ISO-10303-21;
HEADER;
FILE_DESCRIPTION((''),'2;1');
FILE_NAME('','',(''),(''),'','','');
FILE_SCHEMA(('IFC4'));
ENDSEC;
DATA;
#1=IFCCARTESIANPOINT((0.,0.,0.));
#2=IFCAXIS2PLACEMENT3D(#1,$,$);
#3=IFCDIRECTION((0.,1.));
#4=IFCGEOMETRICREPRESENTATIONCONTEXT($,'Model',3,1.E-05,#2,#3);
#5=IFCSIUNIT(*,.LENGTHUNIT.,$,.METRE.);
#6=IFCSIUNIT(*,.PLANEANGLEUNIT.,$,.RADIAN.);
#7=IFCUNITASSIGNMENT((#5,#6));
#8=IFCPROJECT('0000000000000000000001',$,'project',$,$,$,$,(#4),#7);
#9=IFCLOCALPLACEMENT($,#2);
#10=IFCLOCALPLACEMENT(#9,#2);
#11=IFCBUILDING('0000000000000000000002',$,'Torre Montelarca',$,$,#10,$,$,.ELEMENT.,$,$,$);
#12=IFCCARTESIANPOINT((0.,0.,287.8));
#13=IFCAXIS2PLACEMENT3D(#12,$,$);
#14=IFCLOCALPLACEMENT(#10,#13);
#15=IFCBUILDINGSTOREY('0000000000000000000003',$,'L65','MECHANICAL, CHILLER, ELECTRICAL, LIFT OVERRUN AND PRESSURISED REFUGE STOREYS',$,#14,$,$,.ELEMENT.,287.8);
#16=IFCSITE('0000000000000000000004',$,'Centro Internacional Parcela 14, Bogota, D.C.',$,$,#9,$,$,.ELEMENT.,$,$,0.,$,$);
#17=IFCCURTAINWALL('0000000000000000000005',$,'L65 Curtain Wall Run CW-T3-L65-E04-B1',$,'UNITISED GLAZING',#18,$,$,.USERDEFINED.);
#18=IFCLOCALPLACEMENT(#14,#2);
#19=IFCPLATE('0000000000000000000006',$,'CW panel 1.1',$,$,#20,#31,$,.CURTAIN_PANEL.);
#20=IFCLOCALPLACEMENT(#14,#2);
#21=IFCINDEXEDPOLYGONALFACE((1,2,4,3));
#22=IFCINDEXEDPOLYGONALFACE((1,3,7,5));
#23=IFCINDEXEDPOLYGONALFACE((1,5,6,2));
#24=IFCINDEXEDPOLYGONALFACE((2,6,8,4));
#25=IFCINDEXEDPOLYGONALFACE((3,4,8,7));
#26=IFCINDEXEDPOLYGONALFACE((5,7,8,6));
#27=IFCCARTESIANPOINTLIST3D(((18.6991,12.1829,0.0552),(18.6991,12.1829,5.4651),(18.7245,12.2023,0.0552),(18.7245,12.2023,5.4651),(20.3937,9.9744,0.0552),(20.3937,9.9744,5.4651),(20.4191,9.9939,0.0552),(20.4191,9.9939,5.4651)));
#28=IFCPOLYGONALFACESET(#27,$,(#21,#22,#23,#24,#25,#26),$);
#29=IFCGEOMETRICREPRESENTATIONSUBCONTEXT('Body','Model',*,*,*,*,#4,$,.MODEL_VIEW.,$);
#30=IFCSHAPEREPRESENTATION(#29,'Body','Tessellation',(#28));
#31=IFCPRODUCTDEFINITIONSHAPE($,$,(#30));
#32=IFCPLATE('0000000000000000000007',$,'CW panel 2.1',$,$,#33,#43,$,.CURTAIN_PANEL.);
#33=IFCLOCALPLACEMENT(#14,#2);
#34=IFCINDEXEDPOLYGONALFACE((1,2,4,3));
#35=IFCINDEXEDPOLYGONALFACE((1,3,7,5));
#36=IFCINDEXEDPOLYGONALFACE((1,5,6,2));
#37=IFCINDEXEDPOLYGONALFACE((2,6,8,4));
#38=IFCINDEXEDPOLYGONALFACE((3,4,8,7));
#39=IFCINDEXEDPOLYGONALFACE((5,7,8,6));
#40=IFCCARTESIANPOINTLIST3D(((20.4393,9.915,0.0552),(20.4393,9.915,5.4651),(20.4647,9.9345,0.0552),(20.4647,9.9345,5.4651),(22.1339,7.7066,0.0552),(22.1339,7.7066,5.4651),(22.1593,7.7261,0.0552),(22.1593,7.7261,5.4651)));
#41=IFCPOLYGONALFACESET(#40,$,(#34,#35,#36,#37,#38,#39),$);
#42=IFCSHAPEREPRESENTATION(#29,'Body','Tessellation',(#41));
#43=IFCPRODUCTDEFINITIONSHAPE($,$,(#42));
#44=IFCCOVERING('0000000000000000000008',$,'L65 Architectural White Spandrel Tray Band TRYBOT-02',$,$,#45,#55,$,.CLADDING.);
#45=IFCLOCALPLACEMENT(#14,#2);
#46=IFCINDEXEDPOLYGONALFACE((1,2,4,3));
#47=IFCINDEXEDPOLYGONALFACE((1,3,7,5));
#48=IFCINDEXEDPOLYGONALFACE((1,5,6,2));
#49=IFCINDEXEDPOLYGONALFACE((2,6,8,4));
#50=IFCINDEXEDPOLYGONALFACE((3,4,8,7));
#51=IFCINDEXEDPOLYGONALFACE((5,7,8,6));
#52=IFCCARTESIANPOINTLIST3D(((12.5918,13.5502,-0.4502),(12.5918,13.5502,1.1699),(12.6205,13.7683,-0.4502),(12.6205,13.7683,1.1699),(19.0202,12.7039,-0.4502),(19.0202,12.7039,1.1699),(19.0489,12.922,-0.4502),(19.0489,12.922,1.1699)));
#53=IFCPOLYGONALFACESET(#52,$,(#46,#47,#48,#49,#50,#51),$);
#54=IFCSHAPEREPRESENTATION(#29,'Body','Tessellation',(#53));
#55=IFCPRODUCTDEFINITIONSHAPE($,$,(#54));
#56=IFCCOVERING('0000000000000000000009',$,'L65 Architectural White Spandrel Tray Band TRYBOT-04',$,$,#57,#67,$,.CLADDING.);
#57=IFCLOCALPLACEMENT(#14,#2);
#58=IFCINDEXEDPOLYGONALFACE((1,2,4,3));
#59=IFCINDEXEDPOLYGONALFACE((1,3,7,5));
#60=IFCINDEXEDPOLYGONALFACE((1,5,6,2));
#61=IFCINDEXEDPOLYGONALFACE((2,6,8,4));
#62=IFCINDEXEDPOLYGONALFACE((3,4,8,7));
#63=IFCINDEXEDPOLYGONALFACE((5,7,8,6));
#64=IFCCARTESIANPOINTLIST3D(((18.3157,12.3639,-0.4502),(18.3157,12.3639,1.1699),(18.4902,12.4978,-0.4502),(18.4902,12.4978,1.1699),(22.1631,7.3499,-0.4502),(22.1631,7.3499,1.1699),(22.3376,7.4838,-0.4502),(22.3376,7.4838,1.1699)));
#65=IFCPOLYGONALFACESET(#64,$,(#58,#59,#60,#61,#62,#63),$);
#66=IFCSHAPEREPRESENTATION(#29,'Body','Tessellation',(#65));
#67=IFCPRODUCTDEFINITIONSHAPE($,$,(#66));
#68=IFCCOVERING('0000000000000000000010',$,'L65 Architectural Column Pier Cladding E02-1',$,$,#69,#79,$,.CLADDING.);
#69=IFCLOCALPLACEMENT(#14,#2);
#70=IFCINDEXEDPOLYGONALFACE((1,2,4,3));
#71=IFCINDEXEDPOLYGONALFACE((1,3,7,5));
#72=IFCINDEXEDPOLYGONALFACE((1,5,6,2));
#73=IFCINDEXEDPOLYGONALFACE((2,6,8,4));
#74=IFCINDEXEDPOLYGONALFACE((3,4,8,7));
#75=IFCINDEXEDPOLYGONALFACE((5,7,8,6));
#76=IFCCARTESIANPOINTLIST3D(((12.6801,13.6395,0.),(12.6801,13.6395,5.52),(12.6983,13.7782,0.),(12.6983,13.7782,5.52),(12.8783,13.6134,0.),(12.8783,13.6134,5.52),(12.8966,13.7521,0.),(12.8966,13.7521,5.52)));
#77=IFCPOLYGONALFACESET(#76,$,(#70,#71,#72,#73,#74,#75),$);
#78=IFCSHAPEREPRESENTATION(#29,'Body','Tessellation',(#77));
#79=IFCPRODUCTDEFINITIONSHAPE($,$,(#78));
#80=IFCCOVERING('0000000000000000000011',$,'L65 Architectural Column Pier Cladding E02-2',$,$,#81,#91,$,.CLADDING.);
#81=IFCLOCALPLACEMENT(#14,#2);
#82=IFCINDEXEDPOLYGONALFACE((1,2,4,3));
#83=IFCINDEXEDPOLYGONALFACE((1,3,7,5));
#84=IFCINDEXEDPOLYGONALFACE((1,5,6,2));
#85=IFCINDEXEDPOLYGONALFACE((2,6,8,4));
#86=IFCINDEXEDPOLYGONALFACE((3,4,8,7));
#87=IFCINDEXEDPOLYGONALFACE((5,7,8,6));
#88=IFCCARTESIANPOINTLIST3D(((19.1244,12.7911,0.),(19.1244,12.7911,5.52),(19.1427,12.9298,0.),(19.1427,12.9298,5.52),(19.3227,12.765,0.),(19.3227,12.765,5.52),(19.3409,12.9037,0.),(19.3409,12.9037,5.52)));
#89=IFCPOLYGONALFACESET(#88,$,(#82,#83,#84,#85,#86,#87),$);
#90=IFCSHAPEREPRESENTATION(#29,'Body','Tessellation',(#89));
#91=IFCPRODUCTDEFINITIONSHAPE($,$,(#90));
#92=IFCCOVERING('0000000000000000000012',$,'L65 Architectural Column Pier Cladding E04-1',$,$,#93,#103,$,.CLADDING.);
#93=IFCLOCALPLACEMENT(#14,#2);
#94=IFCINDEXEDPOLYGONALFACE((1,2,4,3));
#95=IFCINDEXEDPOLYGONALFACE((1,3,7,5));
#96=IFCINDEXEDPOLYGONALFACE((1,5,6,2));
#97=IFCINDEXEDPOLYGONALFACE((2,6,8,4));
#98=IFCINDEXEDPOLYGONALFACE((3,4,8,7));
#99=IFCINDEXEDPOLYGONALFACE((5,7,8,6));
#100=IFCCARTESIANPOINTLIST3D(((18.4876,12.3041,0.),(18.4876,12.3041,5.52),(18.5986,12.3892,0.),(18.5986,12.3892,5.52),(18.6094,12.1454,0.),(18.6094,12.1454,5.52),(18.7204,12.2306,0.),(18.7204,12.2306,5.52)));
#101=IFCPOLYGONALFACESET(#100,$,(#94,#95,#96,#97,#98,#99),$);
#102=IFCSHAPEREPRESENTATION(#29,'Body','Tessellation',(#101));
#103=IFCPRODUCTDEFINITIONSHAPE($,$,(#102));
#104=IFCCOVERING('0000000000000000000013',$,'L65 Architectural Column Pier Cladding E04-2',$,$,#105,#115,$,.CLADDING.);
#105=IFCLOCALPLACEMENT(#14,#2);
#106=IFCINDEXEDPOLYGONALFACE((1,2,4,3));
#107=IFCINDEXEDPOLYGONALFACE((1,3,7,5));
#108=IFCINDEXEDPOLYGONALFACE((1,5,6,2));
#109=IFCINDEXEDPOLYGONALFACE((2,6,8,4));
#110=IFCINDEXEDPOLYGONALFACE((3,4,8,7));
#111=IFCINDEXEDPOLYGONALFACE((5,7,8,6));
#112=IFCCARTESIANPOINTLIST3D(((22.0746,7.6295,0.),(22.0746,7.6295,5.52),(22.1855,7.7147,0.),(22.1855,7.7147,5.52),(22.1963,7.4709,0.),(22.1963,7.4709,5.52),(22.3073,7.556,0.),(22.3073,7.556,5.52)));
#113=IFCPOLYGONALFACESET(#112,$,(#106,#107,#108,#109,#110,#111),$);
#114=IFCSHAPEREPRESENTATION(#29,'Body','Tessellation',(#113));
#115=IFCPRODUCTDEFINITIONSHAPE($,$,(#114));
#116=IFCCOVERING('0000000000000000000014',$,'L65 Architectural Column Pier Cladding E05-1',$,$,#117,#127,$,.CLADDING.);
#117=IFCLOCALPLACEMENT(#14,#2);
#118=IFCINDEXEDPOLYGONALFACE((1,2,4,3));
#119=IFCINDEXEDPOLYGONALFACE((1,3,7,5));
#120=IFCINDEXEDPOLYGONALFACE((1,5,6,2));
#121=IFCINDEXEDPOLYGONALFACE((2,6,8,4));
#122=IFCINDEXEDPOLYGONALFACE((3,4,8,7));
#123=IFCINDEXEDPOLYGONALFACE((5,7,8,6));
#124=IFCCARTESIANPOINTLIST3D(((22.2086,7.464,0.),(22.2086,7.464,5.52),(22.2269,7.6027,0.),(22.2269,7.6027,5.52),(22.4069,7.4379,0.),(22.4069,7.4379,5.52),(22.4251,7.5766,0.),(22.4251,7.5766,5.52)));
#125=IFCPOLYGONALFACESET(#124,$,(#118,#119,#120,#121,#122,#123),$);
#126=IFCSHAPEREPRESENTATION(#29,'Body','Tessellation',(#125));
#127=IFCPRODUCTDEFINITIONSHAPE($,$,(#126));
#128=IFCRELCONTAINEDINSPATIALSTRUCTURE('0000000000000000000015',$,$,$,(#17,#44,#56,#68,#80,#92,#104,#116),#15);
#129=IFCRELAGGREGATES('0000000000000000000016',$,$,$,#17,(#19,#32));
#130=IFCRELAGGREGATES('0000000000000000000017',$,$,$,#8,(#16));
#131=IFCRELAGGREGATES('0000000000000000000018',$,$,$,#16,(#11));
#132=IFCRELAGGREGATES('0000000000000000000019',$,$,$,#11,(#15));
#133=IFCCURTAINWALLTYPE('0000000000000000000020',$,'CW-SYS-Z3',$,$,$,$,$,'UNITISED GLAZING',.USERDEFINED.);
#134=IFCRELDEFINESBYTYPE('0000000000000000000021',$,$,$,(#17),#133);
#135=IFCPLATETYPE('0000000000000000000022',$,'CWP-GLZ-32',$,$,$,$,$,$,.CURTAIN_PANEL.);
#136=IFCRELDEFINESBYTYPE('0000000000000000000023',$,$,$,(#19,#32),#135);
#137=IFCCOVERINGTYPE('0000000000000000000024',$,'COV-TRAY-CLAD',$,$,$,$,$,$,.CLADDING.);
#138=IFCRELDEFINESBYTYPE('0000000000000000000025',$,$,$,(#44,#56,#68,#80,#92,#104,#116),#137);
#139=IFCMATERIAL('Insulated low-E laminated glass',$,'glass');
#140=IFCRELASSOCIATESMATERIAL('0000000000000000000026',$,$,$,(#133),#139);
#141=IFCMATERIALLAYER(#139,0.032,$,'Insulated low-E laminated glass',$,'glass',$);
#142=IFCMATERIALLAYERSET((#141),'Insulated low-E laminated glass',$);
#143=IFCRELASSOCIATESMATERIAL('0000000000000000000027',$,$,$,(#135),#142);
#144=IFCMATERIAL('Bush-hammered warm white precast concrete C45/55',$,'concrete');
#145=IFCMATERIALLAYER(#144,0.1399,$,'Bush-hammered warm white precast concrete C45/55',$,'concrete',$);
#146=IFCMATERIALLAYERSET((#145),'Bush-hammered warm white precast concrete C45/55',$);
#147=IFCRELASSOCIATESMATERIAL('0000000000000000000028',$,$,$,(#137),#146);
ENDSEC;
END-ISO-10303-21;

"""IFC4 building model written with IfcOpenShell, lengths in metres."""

from ifc_helpers import new_model, si_unit, direction, frame, origin, origin_2d, place, context, subcontext, project, spatial, rectangle, extrude, source, transform, mapped, material, layer, layer_set, type_object, element, aggregate, save


model = new_model("IFC4")

# Units and contexts
model_context = context("Model", 3, precision=1e-05, world=origin(), true_north=direction((0.0, 1.0)))
body_context = subcontext(model_context, "Body", "Model", "MODEL_VIEW")
ifc_project = project(units=[si_unit("LENGTHUNIT", "METRE"), si_unit("PLANEANGLEUNIT", "RADIAN")], contexts=[model_context])

# Site, building, storey
site_placement = place(None, origin())
site = spatial("IfcSite", under=ifc_project, at=site_placement, Name="Centro Internacional Parcela 14, Bogota, D.C.", CompositionType="ELEMENT", RefElevation=0.0)
building_placement = place(site_placement, origin())
building = spatial("IfcBuilding", under=site, at=building_placement, Name="Torre Montelarca", CompositionType="ELEMENT")
storey_placement = place(building_placement, frame((0.0, 0.0, 287.8)))
storey = spatial("IfcBuildingStorey", under=building, at=storey_placement, Name="L65", Description="MECHANICAL, CHILLER, ELECTRICAL, LIFT OVERRUN AND PRESSURISED REFUGE STOREYS", CompositionType="ELEMENT", Elevation=287.8)

# Curtain wall
ifc_material_1 = material(Name="Insulated low-E laminated glass", Category="glass")
curtain_wall_type = type_object("IfcCurtainWallType", Name="CW-SYS-Z3", ElementType="UNITISED GLAZING", PredefinedType="USERDEFINED", material=ifc_material_1)
curtain_wall_1_placement = place(storey_placement, origin())
curtain_wall_1 = element("IfcCurtainWall", 1, at=curtain_wall_1_placement, inside=storey, type_object=curtain_wall_type, Name="L65 Curtain Wall Run CW-T3-L65-E04-B1", ObjectType="UNITISED GLAZING", PredefinedType="USERDEFINED")

# Plates
ifc_layer_1 = layer(ifc_material_1, 0.032, Name="Insulated low-E laminated glass", Category="glass")
ifc_layer_set_1 = layer_set([ifc_layer_1], Name="Insulated low-E laminated glass")
plate_type = type_object("IfcPlateType", Name="CWP-GLZ-32", PredefinedType="CURTAIN_PANEL", material=ifc_layer_set_1)
shared_shape_1 = source(origin(), body_context, "Body", "SweptSolid", [
    extrude(rectangle(XDim=2.7837, YDim=0.032, at=origin_2d()), origin(), (0.0, 0.0, 1.0), 5.4099),
])
plate_1_placement = place(storey_placement, frame((19.5591, 11.0884, 0.0552), z_axis=(0.0, 0.0, 1.0), x_axis=(0.608762, -0.793353, 0.0)))
plate_1 = element("IfcPlate", 2, at=plate_1_placement, type_object=plate_type, Name="CW panel 1.1", PredefinedType="CURTAIN_PANEL", context=body_context, shape_type="MappedRepresentation", body=[
    mapped(shared_shape_1, transform((0.0, 0.0, 0.0), scale=1.0)),
])
plate_2_placement = place(storey_placement, frame((21.2993, 8.8206, 0.0552), z_axis=(0.0, 0.0, 1.0), x_axis=(0.608762, -0.793353, 0.0)))
plate_2 = element("IfcPlate", 3, at=plate_2_placement, type_object=plate_type, Name="CW panel 2.1", PredefinedType="CURTAIN_PANEL", context=body_context, shape_type="MappedRepresentation", body=[
    mapped(shared_shape_1, transform((0.0, 0.0, 0.0), scale=1.0)),
])
aggregate(curtain_wall_1, [plate_1, plate_2])

# Coverings
ifc_material_2 = material(Name="Bush-hammered warm white precast concrete C45/55", Category="concrete")
ifc_layer_2 = layer(ifc_material_2, 0.1399, Name="Bush-hammered warm white precast concrete C45/55", Category="concrete")
ifc_layer_set_2 = layer_set([ifc_layer_2], Name="Bush-hammered warm white precast concrete C45/55")
covering_type = type_object("IfcCoveringType", Name="COV-TRAY-CLAD", PredefinedType="CLADDING", material=ifc_layer_set_2)
shared_shape_2 = source(origin(), body_context, "Body", "SweptSolid", [
    extrude(rectangle(XDim=6.4839, YDim=0.22, at=origin_2d()), origin(), (0.0, 0.0, 1.0), 1.6201),
])
covering_1_placement = place(storey_placement, frame((15.8203, 13.2361, -0.4502), z_axis=(0.0, 0.0, 1.0), x_axis=(0.991444, -0.130531, 0.0)))
element("IfcCovering", 4, at=covering_1_placement, inside=storey, type_object=covering_type, Name="L65 Architectural White Spandrel Tray Band TRYBOT-02", PredefinedType="CLADDING", context=body_context, shape_type="MappedRepresentation", body=[
    mapped(shared_shape_2, transform((0.0, 0.0, 0.0), scale=1.0)),
])
shared_shape_3 = source(origin(), body_context, "Body", "SweptSolid", [
    extrude(rectangle(XDim=6.3201, YDim=0.22, at=origin_2d()), origin(), (0.0, 0.0, 1.0), 1.6201),
])
covering_2_placement = place(storey_placement, frame((20.3267, 9.9238, -0.4502), z_axis=(0.0, 0.0, 1.0), x_axis=(0.608768, -0.793348, 0.0)))
element("IfcCovering", 5, at=covering_2_placement, inside=storey, type_object=covering_type, Name="L65 Architectural White Spandrel Tray Band TRYBOT-04", PredefinedType="CLADDING", context=body_context, shape_type="MappedRepresentation", body=[
    mapped(shared_shape_3, transform((0.0, 0.0, 0.0), scale=1.0)),
])
shared_shape_4 = source(origin(), body_context, "Body", "SweptSolid", [
    extrude(rectangle(XDim=0.2, YDim=0.1399, at=origin_2d()), origin(), (0.0, 0.0, 1.0), 5.52),
])
for number, where, z_axis, x_axis, name in (
    (6, (12.7883, 13.6958, 0.0), (0.0, 0.0, 1.0), (0.991444, -0.130531, 0.0), "L65 Architectural Column Pier Cladding E02-1"),
    (7, (19.2327, 12.8474, 0.0), (0.0, 0.0, 1.0), (0.991444, -0.130531, 0.0), "L65 Architectural Column Pier Cladding E02-2"),
    (8, (18.604, 12.2673, 0.0), (0.0, 0.0, 1.0), (0.608773, -0.793345, 0.0), "L65 Architectural Column Pier Cladding E04-1"),
    (9, (22.1909, 7.5928, 0.0), (0.0, 0.0, 1.0), (0.608773, -0.793345, 0.0), "L65 Architectural Column Pier Cladding E04-2"),
    (10, (22.3169, 7.5203, 0.0), (0.0, 0.0, 1.0), (0.991444, -0.130531, 0.0), "L65 Architectural Column Pier Cladding E05-1"),
):
    element("IfcCovering", number, at=place(storey_placement, frame(where, z_axis=z_axis, x_axis=x_axis)), inside=storey, type_object=covering_type, Name=name, PredefinedType="CLADDING", context=body_context, shape_type="MappedRepresentation", body=[
        mapped(shared_shape_4, transform((0.0, 0.0, 0.0), scale=1.0)),
    ])

save(model, "model.ifc")
